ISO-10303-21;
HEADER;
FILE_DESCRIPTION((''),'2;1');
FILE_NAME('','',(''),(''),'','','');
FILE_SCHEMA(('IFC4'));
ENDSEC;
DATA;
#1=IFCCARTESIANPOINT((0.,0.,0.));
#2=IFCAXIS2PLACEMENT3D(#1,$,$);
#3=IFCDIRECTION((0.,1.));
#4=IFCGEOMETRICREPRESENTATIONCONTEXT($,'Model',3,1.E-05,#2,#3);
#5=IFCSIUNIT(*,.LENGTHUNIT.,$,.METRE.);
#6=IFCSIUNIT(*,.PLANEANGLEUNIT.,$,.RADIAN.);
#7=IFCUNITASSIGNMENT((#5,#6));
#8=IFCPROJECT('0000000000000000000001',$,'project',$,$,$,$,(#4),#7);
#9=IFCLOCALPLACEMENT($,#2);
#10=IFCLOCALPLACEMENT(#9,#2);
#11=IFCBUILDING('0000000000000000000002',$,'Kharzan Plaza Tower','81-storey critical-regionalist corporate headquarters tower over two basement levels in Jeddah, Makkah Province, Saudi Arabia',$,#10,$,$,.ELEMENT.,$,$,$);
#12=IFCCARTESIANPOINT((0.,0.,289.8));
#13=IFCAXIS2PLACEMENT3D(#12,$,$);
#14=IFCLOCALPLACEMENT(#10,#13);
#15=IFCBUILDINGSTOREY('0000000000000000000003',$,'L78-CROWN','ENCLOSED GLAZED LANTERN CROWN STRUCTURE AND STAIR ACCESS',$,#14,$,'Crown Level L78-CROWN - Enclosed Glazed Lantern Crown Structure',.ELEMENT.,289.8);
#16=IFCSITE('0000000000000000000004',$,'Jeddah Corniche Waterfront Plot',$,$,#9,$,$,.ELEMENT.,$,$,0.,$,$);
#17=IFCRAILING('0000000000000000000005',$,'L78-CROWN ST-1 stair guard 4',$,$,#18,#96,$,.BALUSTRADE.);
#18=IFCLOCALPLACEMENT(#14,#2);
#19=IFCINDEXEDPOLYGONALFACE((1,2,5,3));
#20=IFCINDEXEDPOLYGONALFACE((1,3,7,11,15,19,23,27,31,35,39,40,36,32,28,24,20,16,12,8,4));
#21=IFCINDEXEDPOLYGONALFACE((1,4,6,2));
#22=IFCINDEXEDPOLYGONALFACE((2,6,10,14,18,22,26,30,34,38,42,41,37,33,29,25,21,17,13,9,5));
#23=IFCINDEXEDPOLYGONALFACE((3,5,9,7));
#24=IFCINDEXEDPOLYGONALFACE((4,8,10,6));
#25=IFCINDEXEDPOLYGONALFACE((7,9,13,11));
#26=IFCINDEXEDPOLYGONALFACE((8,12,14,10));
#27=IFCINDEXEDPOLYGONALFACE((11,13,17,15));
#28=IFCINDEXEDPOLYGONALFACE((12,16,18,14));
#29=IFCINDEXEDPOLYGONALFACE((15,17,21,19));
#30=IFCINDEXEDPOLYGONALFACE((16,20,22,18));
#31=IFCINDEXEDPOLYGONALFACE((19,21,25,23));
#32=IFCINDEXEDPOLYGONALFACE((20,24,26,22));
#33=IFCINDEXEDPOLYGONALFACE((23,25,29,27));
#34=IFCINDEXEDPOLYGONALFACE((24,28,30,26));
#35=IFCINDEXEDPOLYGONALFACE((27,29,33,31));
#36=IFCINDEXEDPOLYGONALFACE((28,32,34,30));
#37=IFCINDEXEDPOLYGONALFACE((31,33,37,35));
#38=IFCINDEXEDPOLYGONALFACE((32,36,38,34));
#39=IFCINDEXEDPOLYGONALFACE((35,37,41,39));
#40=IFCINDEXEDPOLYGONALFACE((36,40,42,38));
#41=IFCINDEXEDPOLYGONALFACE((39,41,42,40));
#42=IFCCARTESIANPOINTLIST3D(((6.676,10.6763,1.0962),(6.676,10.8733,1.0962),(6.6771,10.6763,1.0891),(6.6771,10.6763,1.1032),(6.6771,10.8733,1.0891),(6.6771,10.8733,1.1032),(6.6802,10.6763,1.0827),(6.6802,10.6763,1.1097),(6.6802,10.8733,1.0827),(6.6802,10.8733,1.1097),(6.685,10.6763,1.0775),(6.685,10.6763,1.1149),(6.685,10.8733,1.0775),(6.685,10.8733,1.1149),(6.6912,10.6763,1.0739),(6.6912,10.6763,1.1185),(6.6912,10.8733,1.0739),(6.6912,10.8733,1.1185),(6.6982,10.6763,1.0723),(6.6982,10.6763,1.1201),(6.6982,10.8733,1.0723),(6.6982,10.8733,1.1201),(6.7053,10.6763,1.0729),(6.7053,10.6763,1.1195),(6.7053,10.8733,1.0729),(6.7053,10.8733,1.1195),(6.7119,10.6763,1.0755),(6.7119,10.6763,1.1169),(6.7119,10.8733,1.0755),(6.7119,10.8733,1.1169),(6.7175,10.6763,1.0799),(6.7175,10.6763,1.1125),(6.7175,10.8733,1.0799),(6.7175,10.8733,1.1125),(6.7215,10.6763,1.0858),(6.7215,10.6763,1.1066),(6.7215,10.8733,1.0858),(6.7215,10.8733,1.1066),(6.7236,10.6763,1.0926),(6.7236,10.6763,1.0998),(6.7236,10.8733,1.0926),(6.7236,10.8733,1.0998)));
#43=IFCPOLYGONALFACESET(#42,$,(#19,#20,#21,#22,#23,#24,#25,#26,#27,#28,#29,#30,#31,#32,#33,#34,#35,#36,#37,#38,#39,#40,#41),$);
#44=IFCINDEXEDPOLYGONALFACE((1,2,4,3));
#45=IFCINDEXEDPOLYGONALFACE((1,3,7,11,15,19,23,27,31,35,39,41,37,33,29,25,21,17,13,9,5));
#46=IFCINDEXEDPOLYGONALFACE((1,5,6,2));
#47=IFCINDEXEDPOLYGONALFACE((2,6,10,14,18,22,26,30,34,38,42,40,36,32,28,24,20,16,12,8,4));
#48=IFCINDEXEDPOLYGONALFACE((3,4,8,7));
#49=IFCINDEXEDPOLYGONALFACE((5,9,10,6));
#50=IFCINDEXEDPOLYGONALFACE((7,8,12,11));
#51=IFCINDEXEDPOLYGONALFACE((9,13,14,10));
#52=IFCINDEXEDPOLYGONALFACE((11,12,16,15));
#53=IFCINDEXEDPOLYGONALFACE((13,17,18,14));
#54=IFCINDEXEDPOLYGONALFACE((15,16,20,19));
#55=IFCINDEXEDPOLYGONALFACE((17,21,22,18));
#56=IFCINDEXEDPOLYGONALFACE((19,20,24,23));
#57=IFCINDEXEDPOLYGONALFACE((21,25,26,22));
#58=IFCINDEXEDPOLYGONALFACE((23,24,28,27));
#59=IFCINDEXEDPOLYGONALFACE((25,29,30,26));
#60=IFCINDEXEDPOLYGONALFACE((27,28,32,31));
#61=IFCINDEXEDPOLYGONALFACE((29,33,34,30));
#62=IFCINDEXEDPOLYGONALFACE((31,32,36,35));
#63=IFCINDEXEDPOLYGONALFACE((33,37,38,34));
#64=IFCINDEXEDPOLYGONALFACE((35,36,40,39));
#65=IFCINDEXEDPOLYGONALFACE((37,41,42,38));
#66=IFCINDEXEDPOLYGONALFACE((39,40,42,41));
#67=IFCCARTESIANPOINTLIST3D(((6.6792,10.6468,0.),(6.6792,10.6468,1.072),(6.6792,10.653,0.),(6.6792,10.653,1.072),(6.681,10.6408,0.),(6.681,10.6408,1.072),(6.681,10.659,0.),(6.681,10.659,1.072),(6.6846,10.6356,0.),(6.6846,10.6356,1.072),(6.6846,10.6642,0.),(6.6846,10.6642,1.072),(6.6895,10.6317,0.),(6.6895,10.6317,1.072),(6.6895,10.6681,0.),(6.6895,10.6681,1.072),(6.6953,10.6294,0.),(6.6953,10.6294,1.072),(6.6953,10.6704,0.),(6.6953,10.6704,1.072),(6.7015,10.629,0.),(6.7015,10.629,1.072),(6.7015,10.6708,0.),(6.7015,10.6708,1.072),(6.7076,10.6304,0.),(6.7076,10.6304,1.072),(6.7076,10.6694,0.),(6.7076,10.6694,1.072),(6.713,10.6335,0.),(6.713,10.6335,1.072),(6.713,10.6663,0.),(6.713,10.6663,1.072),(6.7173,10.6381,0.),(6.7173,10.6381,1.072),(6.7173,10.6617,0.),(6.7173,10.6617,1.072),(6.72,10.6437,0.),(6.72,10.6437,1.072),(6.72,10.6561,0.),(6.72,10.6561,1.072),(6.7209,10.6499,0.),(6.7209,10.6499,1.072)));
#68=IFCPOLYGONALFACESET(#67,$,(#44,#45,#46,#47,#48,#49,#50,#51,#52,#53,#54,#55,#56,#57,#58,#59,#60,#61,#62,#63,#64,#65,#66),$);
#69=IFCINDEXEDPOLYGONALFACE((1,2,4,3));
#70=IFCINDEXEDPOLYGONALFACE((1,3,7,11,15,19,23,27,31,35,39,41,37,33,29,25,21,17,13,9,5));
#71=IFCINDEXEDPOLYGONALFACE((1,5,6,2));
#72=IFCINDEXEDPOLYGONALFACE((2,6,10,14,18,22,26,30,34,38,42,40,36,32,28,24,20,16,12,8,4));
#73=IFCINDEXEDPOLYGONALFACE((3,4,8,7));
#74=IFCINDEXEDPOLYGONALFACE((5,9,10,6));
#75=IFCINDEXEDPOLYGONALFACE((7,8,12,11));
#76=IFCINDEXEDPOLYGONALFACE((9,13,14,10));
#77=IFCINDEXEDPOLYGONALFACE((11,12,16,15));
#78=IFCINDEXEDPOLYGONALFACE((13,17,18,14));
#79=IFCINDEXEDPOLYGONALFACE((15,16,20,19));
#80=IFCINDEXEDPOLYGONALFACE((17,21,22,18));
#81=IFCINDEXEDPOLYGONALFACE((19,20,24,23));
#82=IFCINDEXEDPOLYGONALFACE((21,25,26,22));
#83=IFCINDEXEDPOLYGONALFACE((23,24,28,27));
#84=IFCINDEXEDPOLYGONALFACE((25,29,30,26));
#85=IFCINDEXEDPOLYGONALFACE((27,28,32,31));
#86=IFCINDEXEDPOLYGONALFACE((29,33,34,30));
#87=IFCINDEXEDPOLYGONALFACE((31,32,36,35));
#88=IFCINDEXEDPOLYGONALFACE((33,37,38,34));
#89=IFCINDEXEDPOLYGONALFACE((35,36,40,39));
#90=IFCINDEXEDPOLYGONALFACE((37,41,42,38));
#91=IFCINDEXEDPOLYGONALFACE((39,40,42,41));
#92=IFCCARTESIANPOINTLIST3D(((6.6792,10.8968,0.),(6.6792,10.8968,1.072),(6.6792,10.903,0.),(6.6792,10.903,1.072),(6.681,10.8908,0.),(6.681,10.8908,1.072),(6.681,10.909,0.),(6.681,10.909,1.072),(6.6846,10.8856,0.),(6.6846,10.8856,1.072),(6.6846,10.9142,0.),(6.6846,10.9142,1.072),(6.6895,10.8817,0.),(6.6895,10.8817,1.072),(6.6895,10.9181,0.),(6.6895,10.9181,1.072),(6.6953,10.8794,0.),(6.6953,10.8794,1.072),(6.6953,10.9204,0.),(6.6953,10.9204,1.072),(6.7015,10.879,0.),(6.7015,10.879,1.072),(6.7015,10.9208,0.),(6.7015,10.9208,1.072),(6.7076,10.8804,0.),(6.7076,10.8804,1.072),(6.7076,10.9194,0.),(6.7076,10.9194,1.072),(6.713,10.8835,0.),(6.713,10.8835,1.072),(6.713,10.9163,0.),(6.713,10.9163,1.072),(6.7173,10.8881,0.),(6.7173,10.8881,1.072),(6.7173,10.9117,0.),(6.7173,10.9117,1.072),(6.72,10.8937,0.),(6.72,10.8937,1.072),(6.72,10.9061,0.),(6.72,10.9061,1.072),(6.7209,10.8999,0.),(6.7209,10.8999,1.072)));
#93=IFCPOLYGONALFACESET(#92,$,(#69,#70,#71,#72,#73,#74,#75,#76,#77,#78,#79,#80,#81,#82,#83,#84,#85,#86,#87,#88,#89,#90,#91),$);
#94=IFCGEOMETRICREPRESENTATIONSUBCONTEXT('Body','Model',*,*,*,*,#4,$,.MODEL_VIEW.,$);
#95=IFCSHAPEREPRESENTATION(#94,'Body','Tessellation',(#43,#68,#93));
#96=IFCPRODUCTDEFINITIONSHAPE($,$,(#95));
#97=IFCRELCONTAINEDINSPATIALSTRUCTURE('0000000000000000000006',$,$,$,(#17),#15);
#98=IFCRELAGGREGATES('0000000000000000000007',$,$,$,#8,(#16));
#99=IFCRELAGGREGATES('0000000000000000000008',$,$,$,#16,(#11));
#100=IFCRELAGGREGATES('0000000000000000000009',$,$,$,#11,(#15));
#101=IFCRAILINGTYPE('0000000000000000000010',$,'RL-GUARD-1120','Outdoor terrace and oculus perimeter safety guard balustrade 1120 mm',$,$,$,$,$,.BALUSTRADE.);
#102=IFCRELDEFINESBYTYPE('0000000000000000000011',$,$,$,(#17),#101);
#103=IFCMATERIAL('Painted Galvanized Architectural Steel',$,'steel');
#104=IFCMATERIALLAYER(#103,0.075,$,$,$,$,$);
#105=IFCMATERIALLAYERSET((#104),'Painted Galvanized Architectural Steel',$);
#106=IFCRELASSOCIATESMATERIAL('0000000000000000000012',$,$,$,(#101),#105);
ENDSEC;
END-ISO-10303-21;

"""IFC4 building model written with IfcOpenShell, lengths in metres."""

from ifc_helpers import new_model, si_unit, direction, frame, origin, origin_2d, place, context, subcontext, project, spatial, circle, extrude, source, transform, mapped, material, layer, layer_set, type_object, element, save


model = new_model("IFC4")

# Units and contexts
model_context = context("Model", 3, precision=1e-05, world=origin(), true_north=direction((0.0, 1.0)))
body_context = subcontext(model_context, "Body", "Model", "MODEL_VIEW")
ifc_project = project(units=[si_unit("LENGTHUNIT", "METRE"), si_unit("PLANEANGLEUNIT", "RADIAN")], contexts=[model_context])

# Site, building, storey
site_placement = place(None, origin())
site = spatial("IfcSite", under=ifc_project, at=site_placement, Name="Jeddah Corniche Waterfront Plot", CompositionType="ELEMENT", RefElevation=0.0)
building_placement = place(site_placement, origin())
building = spatial("IfcBuilding", under=site, at=building_placement, Name="Kharzan Plaza Tower", Description="81-storey critical-regionalist corporate headquarters tower over two basement levels in Jeddah, Makkah Province, Saudi Arabia", CompositionType="ELEMENT")
storey_placement = place(building_placement, frame((0.0, 0.0, 289.8)))
storey = spatial("IfcBuildingStorey", under=building, at=storey_placement, Name="L78-CROWN", Description="ENCLOSED GLAZED LANTERN CROWN STRUCTURE AND STAIR ACCESS", LongName="Crown Level L78-CROWN - Enclosed Glazed Lantern Crown Structure", CompositionType="ELEMENT", Elevation=289.8)

# Railing
ifc_material_1 = material(Name="Painted Galvanized Architectural Steel", Category="steel")
ifc_layer_1 = layer(ifc_material_1, 0.075)
ifc_layer_set_1 = layer_set([ifc_layer_1], Name="Painted Galvanized Architectural Steel")
railing_type_1 = type_object("IfcRailingType", Name="RL-GUARD-1120", Description="Outdoor terrace and oculus perimeter safety guard balustrade 1120 mm", PredefinedType="BALUSTRADE", material=ifc_layer_set_1)
shared_shape_1 = source(origin(), body_context, "Body", "SweptSolid", [
    extrude(circle(Radius=0.0239, at=origin_2d()), frame((0.0, 0.0264, 1.0962), z_axis=(0.0, 1.0, 0.0), x_axis=(-1.0, 0.0, 0.0)), (0.0, 0.0, 1.0), 0.197),
    extrude(circle(Radius=0.021, at=origin_2d()), origin(), (0.0, 0.0, 1.0), 1.072),
    extrude(circle(Radius=0.021, at=origin_2d()), frame((0.0, 0.25, 0.0)), (0.0, 0.0, 1.0), 1.072),
])
for number, where, name in (
    (1, (6.7, 10.6499, 0.0), "L78-CROWN ST-1 stair guard 4"),
):
    element("IfcRailing", number, at=place(storey_placement, frame(where)), inside=storey, type_object=railing_type_1, Name=name, PredefinedType="BALUSTRADE", context=body_context, shape_type="MappedRepresentation", body=[
        mapped(shared_shape_1, transform((0.0, 0.0, 0.0), x_axis=(1.0, 0.0, 0.0), y_axis=(0.0, 1.0, 0.0), z_axis=(0.0, 0.0, 1.0))),
    ])

save(model, "model.ifc")
